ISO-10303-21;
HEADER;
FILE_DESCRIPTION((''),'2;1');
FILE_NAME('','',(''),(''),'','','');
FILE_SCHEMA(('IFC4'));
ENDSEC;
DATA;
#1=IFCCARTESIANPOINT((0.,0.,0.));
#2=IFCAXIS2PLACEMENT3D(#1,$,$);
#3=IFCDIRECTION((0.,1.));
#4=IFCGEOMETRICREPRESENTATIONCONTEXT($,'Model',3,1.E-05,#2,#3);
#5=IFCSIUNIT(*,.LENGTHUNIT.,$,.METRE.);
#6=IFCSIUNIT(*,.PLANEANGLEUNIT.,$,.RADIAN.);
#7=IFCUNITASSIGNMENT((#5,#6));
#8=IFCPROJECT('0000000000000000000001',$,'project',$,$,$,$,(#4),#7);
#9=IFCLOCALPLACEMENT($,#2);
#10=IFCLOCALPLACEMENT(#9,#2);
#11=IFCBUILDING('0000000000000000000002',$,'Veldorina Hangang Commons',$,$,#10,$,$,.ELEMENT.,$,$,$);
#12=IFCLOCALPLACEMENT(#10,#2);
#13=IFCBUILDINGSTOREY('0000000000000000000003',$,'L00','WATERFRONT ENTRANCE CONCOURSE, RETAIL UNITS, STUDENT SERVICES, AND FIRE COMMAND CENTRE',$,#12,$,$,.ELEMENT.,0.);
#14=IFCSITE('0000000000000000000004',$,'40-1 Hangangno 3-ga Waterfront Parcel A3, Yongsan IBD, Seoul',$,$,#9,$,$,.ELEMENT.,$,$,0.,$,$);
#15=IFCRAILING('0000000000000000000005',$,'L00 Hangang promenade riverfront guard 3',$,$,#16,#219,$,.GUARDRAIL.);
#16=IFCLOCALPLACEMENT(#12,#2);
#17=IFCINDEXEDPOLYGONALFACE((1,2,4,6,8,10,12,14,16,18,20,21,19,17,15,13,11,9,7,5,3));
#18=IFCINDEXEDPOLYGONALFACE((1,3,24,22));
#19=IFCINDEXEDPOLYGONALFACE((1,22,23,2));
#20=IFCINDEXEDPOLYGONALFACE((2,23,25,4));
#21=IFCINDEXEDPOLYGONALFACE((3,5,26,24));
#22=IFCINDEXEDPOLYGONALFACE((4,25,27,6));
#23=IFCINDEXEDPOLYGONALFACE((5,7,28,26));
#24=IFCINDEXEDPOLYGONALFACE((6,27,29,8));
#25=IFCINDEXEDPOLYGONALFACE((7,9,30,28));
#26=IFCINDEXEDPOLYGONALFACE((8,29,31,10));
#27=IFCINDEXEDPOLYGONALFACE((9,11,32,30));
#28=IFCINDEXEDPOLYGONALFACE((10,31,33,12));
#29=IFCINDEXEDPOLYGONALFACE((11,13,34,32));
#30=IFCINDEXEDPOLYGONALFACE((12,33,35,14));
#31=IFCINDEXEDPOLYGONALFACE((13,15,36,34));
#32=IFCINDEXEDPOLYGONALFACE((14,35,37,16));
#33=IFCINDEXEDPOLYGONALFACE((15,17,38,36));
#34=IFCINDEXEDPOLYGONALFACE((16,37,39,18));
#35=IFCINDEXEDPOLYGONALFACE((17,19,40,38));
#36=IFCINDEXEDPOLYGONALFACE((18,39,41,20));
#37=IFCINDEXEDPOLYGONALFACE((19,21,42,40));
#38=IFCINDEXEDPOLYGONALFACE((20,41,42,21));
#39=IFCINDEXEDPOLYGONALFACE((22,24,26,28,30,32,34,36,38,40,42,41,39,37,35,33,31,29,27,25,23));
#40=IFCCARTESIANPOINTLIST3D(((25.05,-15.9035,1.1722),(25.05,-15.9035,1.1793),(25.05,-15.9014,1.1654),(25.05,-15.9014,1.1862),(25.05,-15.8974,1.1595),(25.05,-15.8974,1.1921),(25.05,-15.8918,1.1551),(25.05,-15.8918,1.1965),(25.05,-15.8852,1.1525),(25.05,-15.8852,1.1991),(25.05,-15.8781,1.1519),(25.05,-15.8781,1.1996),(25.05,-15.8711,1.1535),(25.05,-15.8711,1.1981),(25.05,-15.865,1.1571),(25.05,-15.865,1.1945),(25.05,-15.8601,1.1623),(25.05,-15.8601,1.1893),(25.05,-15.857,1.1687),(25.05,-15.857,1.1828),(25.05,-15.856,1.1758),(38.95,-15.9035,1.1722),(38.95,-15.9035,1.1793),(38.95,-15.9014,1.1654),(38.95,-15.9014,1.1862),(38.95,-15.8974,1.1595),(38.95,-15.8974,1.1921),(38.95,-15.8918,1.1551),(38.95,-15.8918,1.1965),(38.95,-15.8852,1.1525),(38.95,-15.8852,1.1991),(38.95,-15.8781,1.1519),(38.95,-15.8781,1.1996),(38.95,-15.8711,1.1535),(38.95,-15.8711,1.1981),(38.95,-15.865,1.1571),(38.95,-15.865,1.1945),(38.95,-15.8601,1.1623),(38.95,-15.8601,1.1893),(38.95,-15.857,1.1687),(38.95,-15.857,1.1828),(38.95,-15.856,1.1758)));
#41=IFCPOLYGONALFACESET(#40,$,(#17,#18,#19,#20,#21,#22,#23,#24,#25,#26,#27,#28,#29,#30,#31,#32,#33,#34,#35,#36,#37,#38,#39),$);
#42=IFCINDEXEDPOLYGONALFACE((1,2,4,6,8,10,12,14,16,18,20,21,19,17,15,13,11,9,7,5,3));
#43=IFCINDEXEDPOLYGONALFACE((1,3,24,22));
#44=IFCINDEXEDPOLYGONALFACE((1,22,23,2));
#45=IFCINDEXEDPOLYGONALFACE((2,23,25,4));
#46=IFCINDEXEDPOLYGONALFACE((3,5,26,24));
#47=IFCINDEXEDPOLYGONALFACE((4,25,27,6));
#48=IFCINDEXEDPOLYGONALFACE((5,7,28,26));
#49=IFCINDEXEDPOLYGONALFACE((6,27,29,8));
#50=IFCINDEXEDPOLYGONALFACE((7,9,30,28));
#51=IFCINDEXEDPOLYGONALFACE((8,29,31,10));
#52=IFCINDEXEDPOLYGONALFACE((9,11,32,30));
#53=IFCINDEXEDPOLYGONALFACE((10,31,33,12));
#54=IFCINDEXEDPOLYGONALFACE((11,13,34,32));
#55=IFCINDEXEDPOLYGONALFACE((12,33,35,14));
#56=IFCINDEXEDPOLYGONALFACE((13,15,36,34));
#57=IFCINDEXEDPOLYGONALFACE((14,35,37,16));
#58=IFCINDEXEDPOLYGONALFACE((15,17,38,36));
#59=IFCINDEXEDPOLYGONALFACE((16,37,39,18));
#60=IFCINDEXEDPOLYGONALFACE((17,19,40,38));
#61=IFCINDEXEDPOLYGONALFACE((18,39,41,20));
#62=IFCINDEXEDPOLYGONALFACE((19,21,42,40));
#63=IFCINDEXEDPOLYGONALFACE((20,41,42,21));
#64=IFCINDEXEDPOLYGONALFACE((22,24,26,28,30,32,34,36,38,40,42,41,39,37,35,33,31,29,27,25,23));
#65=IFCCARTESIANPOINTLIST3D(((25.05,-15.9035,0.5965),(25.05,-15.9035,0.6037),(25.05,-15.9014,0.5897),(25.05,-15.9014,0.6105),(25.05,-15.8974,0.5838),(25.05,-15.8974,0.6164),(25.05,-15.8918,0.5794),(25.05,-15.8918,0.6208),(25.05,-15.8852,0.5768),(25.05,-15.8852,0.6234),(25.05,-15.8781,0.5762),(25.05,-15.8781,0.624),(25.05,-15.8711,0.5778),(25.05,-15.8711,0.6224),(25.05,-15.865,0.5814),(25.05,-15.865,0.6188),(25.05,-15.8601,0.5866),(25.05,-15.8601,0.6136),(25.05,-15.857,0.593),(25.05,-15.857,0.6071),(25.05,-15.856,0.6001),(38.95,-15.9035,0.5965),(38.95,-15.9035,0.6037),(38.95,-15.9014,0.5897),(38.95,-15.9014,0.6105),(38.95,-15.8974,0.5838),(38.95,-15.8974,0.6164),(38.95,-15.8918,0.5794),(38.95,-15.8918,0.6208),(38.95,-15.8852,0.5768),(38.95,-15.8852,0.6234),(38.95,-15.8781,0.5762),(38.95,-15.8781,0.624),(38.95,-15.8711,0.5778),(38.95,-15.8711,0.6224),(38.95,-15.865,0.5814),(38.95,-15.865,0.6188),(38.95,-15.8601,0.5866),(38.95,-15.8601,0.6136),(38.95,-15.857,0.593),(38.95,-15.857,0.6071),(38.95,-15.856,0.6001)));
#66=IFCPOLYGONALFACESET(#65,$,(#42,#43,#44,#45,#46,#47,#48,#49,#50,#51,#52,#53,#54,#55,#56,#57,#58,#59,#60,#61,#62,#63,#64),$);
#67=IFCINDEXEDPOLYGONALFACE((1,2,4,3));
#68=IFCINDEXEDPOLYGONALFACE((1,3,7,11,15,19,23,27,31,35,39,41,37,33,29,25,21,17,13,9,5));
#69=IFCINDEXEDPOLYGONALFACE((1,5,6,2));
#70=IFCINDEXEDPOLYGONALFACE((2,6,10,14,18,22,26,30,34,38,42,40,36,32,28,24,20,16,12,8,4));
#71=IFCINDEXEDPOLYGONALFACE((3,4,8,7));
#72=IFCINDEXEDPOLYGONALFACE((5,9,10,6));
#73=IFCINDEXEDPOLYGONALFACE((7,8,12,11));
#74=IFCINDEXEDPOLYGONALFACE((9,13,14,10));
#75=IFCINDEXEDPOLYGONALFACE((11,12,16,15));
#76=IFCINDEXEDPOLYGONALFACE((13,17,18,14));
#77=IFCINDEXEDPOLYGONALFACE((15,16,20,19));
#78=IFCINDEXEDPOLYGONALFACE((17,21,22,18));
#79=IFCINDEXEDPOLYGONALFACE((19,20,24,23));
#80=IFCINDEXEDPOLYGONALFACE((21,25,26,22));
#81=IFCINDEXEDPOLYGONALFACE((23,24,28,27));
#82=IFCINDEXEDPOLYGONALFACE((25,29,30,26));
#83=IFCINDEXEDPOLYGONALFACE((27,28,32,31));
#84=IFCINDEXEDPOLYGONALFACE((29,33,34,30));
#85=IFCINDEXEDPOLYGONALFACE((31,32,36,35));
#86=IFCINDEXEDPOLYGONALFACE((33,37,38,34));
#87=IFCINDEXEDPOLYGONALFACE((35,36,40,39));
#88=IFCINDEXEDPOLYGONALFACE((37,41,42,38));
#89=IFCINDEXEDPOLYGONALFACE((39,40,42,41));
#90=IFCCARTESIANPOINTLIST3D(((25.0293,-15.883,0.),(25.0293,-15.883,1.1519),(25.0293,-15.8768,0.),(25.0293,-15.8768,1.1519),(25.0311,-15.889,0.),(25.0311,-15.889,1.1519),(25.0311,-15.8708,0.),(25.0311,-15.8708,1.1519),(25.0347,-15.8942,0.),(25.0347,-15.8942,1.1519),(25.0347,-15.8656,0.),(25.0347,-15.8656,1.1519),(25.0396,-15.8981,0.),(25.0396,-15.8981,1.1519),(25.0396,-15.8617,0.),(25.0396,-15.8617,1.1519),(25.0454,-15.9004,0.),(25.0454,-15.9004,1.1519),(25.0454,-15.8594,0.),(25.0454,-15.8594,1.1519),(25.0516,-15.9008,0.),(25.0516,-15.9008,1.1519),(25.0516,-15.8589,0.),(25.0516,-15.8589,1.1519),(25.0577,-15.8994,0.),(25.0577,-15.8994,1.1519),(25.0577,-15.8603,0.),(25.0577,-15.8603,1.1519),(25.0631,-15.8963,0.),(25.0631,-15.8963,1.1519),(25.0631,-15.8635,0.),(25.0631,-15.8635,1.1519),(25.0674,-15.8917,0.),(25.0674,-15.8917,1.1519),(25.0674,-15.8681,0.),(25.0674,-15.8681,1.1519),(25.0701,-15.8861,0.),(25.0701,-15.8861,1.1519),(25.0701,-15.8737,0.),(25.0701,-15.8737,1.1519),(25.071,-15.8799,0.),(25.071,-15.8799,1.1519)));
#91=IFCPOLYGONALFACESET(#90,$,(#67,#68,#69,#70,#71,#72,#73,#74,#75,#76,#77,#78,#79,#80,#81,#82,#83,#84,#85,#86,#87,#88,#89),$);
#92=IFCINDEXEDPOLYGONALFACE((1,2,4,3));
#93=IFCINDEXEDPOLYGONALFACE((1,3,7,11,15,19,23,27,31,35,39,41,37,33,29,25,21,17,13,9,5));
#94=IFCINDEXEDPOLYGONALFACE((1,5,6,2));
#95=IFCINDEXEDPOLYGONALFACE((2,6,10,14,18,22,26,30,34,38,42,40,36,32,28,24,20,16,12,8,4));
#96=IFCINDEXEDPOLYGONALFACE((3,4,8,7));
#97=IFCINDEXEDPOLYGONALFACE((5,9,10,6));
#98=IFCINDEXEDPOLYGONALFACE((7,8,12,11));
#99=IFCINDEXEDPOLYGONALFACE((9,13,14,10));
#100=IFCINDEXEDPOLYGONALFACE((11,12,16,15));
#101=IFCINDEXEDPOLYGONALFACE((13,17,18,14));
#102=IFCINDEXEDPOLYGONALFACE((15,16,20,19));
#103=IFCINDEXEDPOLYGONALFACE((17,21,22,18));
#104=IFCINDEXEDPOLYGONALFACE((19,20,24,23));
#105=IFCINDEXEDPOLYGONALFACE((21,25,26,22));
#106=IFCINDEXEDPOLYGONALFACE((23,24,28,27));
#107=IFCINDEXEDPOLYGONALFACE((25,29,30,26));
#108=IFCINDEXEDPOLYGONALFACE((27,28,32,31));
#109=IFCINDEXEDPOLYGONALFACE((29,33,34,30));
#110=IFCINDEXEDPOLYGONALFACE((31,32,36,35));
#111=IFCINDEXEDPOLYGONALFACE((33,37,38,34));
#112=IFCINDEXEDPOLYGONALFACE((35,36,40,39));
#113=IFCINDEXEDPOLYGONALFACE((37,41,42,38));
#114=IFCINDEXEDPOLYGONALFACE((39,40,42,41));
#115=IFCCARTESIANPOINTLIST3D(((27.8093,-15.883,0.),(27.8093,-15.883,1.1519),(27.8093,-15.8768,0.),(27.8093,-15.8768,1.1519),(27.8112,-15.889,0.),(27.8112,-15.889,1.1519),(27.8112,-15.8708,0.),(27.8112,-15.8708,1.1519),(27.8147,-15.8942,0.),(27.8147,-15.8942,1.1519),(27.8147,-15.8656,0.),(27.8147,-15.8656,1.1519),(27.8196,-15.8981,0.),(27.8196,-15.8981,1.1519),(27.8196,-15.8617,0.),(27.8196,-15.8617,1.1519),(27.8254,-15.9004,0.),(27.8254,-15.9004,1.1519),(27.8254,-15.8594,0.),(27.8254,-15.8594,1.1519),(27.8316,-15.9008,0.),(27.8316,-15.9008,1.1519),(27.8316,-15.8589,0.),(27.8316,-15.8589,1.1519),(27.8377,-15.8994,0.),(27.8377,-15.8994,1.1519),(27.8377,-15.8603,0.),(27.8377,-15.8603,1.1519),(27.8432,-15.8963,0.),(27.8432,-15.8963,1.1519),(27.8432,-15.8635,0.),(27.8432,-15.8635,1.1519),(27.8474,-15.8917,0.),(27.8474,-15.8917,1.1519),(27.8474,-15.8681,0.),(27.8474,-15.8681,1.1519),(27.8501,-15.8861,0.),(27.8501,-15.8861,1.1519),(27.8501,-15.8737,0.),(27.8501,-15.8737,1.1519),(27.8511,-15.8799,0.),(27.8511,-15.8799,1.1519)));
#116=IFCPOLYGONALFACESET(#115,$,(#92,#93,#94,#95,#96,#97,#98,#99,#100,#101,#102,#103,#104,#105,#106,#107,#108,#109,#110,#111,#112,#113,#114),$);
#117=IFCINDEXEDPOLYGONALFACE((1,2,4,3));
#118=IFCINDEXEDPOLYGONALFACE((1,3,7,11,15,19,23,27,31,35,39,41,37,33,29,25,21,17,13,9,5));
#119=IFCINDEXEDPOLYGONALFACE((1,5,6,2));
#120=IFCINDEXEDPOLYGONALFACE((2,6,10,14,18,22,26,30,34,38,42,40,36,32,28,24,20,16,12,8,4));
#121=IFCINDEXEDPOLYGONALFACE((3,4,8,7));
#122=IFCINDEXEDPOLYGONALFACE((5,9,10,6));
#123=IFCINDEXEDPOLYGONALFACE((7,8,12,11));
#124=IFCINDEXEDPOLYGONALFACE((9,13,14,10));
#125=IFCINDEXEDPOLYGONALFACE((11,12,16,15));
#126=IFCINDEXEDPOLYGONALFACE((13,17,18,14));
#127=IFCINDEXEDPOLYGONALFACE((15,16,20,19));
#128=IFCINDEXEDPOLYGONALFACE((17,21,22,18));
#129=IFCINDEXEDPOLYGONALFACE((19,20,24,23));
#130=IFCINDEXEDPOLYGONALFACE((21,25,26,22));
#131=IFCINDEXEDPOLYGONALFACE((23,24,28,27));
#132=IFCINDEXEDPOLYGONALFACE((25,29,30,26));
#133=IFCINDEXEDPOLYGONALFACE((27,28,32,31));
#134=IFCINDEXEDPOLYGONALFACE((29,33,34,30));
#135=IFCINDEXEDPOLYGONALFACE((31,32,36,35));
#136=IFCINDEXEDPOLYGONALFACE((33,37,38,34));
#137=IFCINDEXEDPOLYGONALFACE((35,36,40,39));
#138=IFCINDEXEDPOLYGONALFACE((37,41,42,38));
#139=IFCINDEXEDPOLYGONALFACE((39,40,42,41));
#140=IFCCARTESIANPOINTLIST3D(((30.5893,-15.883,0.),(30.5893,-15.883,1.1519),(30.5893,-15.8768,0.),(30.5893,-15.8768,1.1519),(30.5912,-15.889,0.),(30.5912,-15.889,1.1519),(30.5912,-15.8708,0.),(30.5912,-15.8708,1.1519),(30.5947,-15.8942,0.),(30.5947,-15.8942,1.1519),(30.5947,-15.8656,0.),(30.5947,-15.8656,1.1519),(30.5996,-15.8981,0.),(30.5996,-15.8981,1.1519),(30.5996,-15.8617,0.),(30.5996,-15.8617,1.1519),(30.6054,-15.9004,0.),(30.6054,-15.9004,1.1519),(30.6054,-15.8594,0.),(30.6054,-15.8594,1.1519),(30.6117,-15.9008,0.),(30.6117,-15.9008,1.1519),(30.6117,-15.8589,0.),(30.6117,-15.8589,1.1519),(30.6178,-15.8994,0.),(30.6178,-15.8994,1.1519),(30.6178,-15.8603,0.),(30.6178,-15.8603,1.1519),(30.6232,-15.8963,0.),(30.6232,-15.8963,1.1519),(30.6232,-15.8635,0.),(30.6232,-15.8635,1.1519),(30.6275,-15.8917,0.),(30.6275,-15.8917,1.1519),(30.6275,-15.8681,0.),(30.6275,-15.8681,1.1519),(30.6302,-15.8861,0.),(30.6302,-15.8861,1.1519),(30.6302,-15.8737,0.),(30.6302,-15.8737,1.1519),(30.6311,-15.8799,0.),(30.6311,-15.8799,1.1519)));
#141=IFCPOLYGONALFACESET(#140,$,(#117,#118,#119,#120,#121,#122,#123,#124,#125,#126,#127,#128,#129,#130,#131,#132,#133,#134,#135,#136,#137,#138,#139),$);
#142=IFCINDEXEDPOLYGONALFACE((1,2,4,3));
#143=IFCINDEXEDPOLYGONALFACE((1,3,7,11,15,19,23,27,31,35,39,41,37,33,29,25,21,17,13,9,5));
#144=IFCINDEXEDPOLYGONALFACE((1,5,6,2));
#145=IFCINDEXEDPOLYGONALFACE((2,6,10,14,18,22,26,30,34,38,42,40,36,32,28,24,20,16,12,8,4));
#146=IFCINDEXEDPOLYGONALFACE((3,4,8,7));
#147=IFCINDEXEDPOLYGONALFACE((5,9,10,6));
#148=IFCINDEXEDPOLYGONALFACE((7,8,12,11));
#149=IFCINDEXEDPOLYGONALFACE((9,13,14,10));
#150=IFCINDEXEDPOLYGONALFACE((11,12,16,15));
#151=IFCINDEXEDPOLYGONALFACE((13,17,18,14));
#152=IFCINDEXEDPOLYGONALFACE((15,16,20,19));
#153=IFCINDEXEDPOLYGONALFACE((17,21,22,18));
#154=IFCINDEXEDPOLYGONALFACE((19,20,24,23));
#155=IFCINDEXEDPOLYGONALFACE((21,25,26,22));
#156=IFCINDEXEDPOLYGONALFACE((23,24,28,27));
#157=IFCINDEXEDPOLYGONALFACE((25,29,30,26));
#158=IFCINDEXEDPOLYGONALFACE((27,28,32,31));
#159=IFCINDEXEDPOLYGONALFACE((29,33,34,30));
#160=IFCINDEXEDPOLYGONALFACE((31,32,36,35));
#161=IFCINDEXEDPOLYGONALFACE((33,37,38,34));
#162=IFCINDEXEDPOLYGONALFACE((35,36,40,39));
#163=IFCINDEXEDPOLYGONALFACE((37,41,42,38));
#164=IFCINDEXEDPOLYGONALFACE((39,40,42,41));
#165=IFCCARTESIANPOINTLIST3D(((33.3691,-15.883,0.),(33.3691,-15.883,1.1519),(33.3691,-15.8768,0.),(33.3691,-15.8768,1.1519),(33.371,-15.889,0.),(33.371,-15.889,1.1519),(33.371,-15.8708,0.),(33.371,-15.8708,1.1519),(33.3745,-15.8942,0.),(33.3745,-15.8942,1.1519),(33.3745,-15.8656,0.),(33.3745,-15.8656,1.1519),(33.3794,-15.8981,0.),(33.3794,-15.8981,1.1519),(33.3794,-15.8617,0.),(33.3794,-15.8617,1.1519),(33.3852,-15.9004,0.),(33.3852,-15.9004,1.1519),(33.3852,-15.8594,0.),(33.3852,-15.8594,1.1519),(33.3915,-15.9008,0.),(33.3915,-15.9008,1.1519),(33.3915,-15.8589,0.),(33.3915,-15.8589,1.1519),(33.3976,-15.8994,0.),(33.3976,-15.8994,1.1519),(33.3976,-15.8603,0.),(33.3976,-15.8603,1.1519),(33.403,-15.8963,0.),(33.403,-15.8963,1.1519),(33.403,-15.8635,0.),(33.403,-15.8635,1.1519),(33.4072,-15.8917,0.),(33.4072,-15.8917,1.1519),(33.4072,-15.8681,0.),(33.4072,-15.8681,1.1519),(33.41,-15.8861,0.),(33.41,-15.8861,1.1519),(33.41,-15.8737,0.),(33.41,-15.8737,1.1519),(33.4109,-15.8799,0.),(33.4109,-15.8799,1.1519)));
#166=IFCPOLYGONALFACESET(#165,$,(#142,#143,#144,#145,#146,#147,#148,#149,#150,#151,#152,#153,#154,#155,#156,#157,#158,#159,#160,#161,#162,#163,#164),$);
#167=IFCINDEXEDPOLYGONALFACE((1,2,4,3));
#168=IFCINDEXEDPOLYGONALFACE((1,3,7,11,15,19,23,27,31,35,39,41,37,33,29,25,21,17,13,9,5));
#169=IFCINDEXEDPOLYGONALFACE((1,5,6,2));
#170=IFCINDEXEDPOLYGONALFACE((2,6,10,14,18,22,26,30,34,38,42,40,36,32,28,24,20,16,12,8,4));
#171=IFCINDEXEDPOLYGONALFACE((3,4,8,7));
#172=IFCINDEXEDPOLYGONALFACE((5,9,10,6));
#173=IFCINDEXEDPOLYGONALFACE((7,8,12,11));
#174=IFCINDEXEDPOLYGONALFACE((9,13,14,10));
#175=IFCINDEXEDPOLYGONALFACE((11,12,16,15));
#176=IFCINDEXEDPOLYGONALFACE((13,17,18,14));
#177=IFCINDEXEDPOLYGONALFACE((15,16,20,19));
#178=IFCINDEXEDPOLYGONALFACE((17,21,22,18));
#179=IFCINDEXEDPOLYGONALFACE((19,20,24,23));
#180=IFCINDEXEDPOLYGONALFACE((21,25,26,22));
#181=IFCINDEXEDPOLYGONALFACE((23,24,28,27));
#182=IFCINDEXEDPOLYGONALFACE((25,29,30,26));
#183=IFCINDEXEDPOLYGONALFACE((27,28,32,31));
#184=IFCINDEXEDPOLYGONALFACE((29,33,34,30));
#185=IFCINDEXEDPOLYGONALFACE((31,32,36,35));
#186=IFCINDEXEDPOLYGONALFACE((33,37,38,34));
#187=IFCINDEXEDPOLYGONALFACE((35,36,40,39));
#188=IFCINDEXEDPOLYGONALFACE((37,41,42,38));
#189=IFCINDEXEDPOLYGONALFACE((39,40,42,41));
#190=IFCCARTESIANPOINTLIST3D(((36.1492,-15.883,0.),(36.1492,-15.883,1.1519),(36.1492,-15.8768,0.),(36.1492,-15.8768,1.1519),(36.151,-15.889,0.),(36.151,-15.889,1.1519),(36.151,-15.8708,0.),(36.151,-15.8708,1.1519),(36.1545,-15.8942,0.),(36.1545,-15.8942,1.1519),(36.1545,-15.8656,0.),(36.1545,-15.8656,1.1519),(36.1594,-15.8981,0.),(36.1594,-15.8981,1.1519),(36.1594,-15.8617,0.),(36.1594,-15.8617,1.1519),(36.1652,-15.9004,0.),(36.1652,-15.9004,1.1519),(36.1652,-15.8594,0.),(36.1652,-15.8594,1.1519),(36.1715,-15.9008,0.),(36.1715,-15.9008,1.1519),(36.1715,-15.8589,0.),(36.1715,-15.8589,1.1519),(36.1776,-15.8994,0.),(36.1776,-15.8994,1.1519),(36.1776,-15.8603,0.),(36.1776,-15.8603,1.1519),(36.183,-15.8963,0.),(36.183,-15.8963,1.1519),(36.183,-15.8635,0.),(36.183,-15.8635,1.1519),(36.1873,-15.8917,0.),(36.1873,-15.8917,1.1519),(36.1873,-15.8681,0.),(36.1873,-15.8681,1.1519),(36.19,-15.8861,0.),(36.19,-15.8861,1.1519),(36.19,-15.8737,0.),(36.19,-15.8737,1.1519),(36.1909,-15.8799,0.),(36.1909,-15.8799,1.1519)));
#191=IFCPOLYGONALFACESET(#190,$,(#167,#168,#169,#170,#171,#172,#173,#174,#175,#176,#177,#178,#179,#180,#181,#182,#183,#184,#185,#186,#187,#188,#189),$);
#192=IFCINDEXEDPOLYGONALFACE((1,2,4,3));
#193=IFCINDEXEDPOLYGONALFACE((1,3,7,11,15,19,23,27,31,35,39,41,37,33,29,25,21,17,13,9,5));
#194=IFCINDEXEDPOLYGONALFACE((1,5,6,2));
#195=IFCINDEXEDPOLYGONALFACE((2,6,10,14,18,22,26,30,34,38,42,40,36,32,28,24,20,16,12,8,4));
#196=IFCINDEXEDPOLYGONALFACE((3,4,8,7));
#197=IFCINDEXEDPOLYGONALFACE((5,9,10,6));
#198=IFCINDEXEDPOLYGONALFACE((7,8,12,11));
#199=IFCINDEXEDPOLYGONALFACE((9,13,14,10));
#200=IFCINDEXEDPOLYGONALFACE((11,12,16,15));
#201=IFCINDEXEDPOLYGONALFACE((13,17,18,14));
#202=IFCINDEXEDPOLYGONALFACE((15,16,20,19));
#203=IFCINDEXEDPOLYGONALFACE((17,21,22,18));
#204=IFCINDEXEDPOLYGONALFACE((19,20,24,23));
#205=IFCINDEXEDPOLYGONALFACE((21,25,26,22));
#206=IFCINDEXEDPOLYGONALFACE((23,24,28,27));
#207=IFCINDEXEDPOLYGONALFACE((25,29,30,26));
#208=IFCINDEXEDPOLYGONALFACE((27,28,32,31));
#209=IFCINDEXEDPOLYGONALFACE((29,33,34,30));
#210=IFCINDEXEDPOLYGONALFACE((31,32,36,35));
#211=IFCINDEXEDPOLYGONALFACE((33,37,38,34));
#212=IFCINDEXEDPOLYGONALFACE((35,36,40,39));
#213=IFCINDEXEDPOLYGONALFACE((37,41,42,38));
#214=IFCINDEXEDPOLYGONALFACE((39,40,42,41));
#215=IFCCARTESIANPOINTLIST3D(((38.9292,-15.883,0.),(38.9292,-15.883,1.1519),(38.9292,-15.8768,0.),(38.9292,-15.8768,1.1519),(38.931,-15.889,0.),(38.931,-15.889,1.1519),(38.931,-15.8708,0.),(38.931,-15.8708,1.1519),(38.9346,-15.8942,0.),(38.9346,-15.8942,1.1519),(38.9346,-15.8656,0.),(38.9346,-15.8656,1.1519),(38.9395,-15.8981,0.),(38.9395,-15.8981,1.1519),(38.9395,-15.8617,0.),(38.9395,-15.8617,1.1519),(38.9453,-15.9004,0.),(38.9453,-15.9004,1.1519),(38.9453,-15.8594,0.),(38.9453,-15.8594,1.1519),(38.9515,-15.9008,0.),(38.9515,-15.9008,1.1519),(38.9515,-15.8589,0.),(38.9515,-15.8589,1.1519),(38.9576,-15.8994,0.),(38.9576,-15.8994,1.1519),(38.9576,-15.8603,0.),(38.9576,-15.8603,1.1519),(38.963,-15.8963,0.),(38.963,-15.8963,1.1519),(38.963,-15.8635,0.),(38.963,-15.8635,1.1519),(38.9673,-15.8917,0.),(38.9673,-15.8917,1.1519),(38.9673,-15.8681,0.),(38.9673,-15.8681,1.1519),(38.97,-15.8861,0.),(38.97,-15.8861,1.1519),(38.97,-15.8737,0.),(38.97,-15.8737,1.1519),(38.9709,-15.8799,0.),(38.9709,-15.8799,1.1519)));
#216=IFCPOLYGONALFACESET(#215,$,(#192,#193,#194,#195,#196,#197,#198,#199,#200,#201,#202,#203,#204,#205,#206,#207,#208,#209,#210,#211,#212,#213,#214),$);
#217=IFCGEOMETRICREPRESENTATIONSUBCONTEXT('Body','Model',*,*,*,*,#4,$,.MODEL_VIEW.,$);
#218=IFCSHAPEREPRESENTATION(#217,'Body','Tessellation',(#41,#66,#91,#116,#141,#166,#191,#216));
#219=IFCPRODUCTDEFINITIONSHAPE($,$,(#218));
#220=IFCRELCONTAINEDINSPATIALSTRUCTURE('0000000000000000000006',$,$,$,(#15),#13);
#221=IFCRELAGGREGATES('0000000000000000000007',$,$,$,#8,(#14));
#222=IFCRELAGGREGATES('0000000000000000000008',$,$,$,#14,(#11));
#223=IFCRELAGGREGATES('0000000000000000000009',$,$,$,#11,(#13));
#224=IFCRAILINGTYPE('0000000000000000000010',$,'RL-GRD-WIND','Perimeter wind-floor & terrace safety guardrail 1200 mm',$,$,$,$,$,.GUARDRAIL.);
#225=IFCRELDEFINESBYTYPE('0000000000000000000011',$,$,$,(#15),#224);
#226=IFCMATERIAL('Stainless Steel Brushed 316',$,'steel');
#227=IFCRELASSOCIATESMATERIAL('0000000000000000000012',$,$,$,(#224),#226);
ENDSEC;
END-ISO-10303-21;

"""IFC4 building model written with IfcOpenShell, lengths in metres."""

from ifc_helpers import new_model, si_unit, direction, frame, origin, origin_2d, place, context, subcontext, project, spatial, circle, extrude, material, type_object, element, save


model = new_model("IFC4")

# Units and contexts
model_context = context("Model", 3, precision=1e-05, world=origin(), true_north=direction((0.0, 1.0)))
body_context = subcontext(model_context, "Body", "Model", "MODEL_VIEW")
ifc_project = project(units=[si_unit("LENGTHUNIT", "METRE"), si_unit("PLANEANGLEUNIT", "RADIAN")], contexts=[model_context])

# Site, building, storey
site_placement = place(None, origin())
site = spatial("IfcSite", under=ifc_project, at=site_placement, Name="40-1 Hangangno 3-ga Waterfront Parcel A3, Yongsan IBD, Seoul", CompositionType="ELEMENT", RefElevation=0.0)
building_placement = place(site_placement, origin())
building = spatial("IfcBuilding", under=site, at=building_placement, Name="Veldorina Hangang Commons", CompositionType="ELEMENT")
storey_placement = place(building_placement, origin())
storey = spatial("IfcBuildingStorey", under=building, at=storey_placement, Name="L00", Description="WATERFRONT ENTRANCE CONCOURSE, RETAIL UNITS, STUDENT SERVICES, AND FIRE COMMAND CENTRE", CompositionType="ELEMENT", Elevation=0.0)

# Railing
ifc_material_1 = material(Name="Stainless Steel Brushed 316", Category="steel")
railing_type_1 = type_object("IfcRailingType", Name="RL-GRD-WIND", Description="Perimeter wind-floor & terrace safety guardrail 1200 mm", PredefinedType="GUARDRAIL", material=ifc_material_1)
railing_1_placement = place(storey_placement, frame((25.05, -15.8799, 0.0)))
element("IfcRailing", 1, at=railing_1_placement, inside=storey, type_object=railing_type_1, Name="L00 Hangang promenade riverfront guard 3", PredefinedType="GUARDRAIL", context=body_context, shape_type="SweptSolid", body=[
    extrude(circle(Radius=0.0239, at=origin_2d()), frame((0.0, 0.0, 1.1758), z_axis=(1.0, 0.0, 0.0), x_axis=(0.0, 1.0, 0.0)), (0.0, 0.0, 1.0), 13.8999),
    extrude(circle(Radius=0.0239, at=origin_2d()), frame((0.0, 0.0, 0.6001), z_axis=(1.0, 0.0, 0.0), x_axis=(0.0, 1.0, 0.0)), (0.0, 0.0, 1.0), 13.8999),
    extrude(circle(Radius=0.021, at=origin_2d()), origin(), (0.0, 0.0, 1.0), 1.1519),
    extrude(circle(Radius=0.021, at=origin_2d()), frame((2.78, 0.0, 0.0)), (0.0, 0.0, 1.0), 1.1519),
    extrude(circle(Radius=0.021, at=origin_2d()), frame((5.5601, 0.0, 0.0)), (0.0, 0.0, 1.0), 1.1519),
    extrude(circle(Radius=0.021, at=origin_2d()), frame((8.3398, 0.0, 0.0)), (0.0, 0.0, 1.0), 1.1519),
    extrude(circle(Radius=0.021, at=origin_2d()), frame((11.1199, 0.0, 0.0)), (0.0, 0.0, 1.0), 1.1519),
    extrude(circle(Radius=0.021, at=origin_2d()), frame((13.8999, 0.0, 0.0)), (0.0, 0.0, 1.0), 1.1519),
])

save(model, "model.ifc")
